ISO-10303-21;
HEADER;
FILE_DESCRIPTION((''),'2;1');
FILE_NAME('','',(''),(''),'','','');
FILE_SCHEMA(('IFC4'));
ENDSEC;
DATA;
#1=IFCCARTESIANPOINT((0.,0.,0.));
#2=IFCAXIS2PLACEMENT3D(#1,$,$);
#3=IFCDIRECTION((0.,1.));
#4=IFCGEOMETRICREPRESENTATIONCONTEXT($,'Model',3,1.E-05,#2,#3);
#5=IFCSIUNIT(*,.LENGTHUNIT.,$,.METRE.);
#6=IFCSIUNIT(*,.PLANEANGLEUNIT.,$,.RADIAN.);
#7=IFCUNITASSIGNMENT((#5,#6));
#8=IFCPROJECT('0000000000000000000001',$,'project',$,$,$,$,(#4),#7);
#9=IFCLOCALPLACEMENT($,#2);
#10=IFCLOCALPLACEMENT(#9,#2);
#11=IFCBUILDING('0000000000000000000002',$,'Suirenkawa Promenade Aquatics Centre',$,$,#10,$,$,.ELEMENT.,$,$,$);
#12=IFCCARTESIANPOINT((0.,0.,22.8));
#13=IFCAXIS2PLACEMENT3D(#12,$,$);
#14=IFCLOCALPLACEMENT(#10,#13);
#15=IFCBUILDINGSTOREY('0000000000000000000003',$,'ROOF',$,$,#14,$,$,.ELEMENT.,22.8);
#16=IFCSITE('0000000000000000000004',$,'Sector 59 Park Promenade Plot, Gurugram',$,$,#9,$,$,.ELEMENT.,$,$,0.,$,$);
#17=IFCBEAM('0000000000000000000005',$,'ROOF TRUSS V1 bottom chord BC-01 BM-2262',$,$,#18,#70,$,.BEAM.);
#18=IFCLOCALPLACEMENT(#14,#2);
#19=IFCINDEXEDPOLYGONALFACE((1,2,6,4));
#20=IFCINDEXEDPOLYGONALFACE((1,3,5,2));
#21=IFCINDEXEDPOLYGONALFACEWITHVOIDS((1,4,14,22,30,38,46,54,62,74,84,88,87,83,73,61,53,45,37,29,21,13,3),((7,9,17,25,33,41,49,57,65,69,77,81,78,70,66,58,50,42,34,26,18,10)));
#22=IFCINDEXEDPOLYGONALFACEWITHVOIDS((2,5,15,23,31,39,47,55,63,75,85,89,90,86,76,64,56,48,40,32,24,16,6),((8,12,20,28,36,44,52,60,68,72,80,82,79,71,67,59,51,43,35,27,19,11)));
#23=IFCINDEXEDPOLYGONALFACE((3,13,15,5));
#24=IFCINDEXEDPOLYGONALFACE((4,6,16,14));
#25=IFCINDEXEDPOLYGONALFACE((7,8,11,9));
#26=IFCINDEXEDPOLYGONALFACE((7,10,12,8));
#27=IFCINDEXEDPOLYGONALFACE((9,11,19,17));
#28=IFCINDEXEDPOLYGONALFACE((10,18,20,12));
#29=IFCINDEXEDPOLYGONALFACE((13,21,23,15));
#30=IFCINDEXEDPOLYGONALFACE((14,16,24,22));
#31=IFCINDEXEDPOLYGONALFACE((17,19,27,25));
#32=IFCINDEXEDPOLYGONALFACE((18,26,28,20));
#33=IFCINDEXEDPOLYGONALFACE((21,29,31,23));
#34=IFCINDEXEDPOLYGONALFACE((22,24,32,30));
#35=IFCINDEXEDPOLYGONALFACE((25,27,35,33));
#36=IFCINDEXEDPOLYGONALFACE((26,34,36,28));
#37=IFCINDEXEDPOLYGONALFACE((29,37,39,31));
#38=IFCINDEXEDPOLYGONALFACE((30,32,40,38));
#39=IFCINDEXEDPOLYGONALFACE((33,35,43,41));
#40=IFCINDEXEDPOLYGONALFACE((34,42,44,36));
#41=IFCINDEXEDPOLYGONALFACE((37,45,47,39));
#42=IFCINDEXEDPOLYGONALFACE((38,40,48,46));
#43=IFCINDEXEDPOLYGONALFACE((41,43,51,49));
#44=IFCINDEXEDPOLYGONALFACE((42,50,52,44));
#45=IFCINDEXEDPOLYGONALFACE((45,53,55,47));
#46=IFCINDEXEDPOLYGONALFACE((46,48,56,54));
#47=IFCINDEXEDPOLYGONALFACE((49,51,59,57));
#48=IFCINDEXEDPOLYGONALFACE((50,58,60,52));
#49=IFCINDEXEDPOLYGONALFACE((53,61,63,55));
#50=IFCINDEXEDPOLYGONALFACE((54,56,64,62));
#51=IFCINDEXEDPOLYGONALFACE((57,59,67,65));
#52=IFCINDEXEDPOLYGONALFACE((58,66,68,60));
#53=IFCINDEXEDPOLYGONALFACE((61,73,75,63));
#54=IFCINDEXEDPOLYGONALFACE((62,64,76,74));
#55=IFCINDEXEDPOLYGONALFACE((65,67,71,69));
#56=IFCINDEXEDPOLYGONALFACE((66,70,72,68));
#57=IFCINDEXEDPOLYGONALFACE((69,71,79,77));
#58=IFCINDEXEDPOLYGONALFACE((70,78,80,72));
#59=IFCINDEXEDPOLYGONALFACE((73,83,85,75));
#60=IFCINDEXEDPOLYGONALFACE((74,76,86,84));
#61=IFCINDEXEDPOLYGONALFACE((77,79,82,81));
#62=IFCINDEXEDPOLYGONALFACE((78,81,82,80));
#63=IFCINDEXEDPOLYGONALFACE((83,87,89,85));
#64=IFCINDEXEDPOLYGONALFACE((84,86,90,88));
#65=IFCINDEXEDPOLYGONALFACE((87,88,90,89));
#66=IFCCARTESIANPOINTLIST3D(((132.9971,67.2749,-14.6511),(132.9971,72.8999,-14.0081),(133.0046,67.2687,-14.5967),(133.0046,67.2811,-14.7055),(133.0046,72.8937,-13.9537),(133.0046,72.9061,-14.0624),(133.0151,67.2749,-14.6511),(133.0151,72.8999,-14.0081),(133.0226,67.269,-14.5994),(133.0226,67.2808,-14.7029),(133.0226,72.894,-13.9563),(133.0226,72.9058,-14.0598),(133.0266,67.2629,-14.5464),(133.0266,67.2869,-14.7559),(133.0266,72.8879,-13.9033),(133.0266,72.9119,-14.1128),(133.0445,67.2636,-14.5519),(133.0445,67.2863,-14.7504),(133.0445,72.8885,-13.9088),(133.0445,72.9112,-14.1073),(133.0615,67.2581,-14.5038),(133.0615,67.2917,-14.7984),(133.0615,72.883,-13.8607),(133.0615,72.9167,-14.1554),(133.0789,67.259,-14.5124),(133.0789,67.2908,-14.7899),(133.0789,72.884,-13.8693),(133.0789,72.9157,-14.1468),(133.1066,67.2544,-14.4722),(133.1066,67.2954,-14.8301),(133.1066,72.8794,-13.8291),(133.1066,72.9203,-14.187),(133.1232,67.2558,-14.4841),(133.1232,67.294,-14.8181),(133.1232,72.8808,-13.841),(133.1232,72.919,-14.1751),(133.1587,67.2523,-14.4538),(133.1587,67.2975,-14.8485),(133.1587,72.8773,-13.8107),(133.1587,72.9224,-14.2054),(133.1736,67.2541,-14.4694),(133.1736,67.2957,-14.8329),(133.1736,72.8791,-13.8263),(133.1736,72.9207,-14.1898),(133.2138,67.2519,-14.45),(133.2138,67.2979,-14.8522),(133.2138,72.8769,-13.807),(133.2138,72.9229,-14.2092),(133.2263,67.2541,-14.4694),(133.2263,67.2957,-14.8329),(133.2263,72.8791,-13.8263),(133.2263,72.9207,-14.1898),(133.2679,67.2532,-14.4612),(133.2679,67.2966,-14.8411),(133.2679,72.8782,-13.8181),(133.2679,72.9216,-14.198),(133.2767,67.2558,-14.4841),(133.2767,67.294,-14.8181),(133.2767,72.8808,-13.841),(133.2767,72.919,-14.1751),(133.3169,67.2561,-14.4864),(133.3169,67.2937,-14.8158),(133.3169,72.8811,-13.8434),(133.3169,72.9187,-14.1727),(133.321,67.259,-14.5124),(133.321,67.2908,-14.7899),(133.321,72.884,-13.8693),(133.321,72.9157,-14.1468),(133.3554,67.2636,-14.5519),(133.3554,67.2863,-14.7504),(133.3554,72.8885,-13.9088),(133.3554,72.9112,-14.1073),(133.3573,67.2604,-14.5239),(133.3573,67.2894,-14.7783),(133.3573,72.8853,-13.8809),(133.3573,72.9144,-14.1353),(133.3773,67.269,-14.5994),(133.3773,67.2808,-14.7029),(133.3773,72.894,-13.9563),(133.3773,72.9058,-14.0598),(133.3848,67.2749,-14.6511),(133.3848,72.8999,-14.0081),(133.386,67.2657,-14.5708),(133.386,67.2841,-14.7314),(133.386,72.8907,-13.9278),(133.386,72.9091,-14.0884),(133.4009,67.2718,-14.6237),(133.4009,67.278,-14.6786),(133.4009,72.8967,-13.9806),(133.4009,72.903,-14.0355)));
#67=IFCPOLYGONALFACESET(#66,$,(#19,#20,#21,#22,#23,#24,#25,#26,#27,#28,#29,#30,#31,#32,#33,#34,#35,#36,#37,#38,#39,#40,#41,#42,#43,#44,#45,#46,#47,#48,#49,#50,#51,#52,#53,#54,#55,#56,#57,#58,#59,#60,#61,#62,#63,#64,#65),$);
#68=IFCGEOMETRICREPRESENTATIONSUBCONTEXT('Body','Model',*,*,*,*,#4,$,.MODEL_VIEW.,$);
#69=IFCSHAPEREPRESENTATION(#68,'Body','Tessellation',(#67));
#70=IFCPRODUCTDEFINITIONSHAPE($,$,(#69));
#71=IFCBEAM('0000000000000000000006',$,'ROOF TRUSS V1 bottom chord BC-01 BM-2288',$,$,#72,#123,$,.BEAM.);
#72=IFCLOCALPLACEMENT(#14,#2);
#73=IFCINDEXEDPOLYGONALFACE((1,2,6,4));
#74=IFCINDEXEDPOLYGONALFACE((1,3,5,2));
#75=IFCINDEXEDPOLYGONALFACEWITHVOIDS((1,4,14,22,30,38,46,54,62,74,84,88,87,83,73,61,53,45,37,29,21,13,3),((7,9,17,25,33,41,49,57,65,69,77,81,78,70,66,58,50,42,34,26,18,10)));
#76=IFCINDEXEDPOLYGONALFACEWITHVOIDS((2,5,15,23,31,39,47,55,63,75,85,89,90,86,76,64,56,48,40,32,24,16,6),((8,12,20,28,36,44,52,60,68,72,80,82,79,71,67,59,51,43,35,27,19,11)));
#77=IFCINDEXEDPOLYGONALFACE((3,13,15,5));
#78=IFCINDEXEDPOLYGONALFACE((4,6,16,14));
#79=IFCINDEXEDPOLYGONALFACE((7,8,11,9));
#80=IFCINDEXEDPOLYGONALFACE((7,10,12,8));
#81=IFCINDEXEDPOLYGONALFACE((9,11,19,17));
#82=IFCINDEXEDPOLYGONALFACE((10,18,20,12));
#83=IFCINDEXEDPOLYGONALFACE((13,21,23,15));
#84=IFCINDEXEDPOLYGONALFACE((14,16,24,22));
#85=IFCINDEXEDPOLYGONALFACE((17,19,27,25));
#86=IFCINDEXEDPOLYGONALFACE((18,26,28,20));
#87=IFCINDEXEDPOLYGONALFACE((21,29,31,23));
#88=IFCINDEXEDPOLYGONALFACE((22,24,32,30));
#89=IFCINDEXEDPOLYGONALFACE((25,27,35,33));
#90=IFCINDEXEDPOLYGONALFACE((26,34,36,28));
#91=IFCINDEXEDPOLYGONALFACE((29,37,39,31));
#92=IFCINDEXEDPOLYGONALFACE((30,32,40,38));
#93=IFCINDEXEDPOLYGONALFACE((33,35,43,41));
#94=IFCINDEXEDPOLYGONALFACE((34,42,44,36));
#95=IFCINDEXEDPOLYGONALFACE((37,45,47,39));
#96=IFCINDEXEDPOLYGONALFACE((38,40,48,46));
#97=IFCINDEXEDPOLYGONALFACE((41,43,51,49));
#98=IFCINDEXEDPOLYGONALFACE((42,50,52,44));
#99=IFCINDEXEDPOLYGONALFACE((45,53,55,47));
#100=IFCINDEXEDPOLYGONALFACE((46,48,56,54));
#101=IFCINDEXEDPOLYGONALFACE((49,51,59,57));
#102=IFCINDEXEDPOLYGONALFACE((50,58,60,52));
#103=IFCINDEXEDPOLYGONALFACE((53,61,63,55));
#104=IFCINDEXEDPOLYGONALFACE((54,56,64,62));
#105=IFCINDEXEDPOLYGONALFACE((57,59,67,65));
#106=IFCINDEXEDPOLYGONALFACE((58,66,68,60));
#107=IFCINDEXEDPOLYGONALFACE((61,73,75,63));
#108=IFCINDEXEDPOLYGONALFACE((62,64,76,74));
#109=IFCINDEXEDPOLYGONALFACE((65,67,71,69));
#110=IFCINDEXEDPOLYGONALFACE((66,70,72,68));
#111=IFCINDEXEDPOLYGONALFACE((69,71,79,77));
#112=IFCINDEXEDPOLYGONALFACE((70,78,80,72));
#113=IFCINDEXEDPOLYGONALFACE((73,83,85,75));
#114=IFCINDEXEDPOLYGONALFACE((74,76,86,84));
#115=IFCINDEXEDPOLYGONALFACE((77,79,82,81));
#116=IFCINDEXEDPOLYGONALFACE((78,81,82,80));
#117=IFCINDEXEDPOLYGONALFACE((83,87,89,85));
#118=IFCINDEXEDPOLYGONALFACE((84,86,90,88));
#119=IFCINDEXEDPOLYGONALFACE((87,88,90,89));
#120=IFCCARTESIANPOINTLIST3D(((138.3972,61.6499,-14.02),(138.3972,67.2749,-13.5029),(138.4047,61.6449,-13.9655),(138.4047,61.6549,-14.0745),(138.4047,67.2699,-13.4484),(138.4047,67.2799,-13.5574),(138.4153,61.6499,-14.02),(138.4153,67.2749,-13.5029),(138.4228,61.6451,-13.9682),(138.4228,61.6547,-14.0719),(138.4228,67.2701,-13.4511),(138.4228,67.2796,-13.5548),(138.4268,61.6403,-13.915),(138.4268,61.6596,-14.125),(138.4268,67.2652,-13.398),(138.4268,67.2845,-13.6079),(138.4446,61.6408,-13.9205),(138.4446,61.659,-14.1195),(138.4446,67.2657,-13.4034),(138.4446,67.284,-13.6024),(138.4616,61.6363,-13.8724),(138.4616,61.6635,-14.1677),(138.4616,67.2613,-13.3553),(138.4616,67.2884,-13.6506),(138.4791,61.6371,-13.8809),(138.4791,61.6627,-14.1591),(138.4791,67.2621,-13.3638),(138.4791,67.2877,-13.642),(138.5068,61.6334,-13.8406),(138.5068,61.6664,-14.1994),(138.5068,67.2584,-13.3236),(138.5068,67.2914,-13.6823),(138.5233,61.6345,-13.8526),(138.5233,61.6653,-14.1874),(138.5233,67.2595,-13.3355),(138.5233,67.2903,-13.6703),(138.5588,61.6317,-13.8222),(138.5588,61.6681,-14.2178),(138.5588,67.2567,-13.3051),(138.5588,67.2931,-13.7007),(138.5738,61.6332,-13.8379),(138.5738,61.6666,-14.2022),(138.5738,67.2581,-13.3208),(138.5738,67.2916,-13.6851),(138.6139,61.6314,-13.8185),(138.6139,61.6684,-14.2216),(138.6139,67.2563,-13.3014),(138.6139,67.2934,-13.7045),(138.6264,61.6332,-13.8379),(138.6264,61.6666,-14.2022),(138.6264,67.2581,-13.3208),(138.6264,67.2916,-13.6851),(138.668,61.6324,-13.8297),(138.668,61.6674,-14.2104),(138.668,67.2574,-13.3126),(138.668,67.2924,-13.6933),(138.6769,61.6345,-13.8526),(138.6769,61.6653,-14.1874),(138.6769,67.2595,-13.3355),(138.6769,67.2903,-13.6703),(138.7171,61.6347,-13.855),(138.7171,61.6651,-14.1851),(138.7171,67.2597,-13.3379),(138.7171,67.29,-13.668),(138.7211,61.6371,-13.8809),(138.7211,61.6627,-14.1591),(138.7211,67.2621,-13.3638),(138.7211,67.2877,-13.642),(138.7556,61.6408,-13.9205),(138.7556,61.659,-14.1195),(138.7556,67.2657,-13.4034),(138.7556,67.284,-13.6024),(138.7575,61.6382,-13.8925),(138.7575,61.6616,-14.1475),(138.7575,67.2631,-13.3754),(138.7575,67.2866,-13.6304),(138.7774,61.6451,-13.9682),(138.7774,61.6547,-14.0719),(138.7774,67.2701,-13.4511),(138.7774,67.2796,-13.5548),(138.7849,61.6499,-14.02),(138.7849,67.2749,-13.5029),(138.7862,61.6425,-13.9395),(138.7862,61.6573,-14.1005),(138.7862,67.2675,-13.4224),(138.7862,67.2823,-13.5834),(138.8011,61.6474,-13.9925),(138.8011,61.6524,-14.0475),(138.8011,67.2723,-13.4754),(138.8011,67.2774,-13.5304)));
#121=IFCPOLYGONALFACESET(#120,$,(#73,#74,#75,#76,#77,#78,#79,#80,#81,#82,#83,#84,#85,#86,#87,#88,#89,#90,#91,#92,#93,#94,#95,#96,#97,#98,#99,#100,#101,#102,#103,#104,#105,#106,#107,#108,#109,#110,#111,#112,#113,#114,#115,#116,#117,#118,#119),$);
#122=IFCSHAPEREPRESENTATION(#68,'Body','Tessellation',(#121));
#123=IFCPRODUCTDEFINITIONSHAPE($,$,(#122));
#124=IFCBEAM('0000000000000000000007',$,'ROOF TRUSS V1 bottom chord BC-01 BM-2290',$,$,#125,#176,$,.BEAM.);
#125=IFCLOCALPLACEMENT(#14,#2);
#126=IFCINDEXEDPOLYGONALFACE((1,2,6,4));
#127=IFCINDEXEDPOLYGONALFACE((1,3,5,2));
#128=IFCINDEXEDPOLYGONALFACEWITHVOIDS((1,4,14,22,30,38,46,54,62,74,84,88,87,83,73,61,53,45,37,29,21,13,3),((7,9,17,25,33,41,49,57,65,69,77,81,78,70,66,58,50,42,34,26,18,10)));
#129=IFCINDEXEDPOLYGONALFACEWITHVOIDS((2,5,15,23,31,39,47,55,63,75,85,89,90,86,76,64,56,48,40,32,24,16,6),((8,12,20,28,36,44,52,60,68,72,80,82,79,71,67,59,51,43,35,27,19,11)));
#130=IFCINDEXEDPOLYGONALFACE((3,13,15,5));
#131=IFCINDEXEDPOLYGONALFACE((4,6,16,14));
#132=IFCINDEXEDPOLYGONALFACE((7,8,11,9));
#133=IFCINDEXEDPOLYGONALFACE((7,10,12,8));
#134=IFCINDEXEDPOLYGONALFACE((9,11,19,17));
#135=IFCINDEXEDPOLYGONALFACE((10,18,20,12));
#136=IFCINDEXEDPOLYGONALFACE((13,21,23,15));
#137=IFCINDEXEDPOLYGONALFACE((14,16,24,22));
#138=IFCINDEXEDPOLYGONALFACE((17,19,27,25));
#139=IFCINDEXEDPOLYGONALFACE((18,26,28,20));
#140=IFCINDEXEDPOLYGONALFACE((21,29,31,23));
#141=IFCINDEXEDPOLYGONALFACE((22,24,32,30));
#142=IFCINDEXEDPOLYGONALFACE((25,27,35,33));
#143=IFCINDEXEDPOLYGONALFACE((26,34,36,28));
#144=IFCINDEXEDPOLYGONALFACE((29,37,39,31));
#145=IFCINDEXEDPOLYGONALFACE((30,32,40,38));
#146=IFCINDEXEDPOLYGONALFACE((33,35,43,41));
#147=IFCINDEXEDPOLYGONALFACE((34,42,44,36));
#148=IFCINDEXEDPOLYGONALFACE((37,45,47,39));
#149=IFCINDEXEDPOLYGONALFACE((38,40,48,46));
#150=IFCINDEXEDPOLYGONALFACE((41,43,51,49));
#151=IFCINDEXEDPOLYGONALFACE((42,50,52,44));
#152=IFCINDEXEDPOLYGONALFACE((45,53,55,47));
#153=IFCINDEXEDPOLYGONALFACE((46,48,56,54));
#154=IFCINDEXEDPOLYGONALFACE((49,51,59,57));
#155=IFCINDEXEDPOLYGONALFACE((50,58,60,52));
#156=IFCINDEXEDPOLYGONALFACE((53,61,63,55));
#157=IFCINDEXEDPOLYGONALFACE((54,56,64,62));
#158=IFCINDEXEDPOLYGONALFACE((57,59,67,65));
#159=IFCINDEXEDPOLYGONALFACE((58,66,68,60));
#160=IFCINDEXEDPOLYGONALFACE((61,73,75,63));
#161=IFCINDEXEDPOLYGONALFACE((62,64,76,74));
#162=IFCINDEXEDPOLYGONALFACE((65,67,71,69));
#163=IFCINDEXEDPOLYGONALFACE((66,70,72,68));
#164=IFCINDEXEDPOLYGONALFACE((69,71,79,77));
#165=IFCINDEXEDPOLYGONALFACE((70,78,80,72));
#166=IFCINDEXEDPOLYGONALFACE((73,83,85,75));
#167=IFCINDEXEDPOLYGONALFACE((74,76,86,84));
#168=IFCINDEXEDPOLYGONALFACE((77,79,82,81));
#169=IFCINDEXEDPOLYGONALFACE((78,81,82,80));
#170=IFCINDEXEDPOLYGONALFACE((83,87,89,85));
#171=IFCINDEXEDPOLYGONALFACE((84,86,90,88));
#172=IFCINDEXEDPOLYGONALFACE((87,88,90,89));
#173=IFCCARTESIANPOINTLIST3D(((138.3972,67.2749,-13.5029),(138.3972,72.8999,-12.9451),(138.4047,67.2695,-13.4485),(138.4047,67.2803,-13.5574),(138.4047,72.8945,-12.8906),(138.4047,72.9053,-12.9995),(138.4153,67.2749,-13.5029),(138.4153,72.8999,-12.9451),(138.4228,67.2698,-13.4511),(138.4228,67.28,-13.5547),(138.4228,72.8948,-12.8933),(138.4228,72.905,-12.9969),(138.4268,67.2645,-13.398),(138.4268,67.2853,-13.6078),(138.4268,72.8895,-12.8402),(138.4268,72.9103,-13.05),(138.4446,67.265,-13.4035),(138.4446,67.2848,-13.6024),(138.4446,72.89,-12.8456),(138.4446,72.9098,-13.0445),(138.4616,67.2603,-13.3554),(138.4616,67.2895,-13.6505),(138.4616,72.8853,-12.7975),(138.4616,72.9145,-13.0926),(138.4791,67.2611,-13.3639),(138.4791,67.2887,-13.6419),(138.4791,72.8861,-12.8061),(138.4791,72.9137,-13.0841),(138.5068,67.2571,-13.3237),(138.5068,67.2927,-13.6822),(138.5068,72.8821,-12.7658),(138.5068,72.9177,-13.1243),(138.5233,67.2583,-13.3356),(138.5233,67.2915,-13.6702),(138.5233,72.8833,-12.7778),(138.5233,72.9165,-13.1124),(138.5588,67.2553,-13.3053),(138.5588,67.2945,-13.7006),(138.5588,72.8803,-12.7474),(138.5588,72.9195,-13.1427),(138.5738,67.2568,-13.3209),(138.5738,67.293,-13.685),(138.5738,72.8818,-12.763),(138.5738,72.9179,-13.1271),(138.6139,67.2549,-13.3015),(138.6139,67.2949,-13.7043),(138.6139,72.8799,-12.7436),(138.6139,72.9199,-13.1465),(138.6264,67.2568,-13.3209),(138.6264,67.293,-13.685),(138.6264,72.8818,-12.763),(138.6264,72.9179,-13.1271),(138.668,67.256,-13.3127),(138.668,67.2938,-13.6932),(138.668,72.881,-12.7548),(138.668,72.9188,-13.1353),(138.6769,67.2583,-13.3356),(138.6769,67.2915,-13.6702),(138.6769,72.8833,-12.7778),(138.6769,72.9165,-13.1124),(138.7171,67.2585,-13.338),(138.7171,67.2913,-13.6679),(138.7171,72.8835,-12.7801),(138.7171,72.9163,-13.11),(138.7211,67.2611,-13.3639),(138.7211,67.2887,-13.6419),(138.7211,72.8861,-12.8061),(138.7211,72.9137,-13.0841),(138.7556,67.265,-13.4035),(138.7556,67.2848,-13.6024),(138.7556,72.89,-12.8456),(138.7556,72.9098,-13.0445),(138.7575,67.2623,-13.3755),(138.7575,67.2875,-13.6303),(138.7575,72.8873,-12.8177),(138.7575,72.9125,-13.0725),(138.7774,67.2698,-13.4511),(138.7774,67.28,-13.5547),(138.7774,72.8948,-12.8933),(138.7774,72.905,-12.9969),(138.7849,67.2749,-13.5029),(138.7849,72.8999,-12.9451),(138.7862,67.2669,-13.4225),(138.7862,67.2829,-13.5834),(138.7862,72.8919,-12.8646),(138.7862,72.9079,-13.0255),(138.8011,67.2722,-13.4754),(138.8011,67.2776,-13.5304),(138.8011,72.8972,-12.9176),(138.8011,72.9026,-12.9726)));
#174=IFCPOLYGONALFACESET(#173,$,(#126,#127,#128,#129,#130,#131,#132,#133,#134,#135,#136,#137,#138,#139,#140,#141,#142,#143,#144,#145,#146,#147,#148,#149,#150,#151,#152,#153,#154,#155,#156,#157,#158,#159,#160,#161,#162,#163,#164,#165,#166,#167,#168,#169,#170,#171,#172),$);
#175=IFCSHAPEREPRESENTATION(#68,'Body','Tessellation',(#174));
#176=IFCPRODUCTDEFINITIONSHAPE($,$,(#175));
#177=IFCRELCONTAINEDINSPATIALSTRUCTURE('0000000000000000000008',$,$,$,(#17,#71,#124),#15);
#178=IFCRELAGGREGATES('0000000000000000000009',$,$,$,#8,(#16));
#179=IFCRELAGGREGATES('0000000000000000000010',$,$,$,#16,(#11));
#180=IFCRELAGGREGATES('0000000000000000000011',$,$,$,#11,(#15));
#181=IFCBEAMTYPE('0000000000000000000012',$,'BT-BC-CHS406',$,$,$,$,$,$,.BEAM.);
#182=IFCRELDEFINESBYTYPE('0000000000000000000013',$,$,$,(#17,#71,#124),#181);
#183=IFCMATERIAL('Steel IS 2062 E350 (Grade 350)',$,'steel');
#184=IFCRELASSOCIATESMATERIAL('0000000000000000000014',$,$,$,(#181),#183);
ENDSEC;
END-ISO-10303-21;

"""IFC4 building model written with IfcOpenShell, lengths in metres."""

from ifc_helpers import new_model, si_unit, direction, frame, origin, origin_2d, place, context, subcontext, project, spatial, hollow_circle, extrude, material, material_profile, profile_set, type_object, element, save


model = new_model("IFC4")

# Units and contexts
model_context = context("Model", 3, precision=1e-05, world=origin(), true_north=direction((0.0, 1.0)))
body_context = subcontext(model_context, "Body", "Model", "MODEL_VIEW")
ifc_project = project(units=[si_unit("LENGTHUNIT", "METRE"), si_unit("PLANEANGLEUNIT", "RADIAN")], contexts=[model_context])

# Site, building, storey
site_placement = place(None, origin())
site = spatial("IfcSite", under=ifc_project, at=site_placement, Name="Sector 59 Park Promenade Plot, Gurugram", CompositionType="ELEMENT", RefElevation=0.0)
building_placement = place(site_placement, origin())
building = spatial("IfcBuilding", under=site, at=building_placement, Name="Suirenkawa Promenade Aquatics Centre", CompositionType="ELEMENT")
storey_placement = place(building_placement, frame((0.0, 0.0, 22.8)))
storey = spatial("IfcBuildingStorey", under=building, at=storey_placement, Name="ROOF", CompositionType="ELEMENT", Elevation=22.8)

# Beams
ifc_material = material(Name="Steel IS 2062 E350 (Grade 350)", Category="steel")
ifc_material_profile_1 = material_profile(ifc_material, hollow_circle(Radius=0.2029, WallThickness=0.0181, at=origin_2d()), Name="CHS 406x18", Category="steel")
ifc_profile_set_1 = profile_set([ifc_material_profile_1], Name="Steel IS 2062 E350 (Grade 350)")
beam_type_1 = type_object("IfcBeamType", Name="BT-BC-CHS406", PredefinedType="BEAM", material=ifc_profile_set_1)
beam_1_placement = place(storey_placement, frame((133.2, 67.2749, -14.6511), z_axis=(0.0, 0.993529, 0.113583), x_axis=(-1.0, 0.0, 0.0)))
element("IfcBeam", 1, at=beam_1_placement, inside=storey, type_object=beam_type_1, Name="ROOF TRUSS V1 bottom chord BC-01 BM-2262", PredefinedType="BEAM", context=body_context, shape_type="SweptSolid", body=[
    extrude(hollow_circle(Radius=0.2029, WallThickness=0.0181, at=origin_2d()), origin(), (0.0, 0.0, 1.0), 5.6616),
])
beam_2_placement = place(storey_placement, frame((138.6001, 61.6499, -14.02), z_axis=(0.0, 0.995801, 0.091541), x_axis=(-1.0, 0.0, 0.0)))
element("IfcBeam", 2, at=beam_2_placement, inside=storey, type_object=beam_type_1, Name="ROOF TRUSS V1 bottom chord BC-01 BM-2288", PredefinedType="BEAM", context=body_context, shape_type="SweptSolid", body=[
    extrude(hollow_circle(Radius=0.2029, WallThickness=0.0181, at=origin_2d()), origin(), (0.0, 0.0, 1.0), 5.6487),
])
beam_3_placement = place(storey_placement, frame((138.6001, 67.2749, -13.5029), z_axis=(0.0, 0.995118, 0.098691), x_axis=(-1.0, 0.0, 0.0)))
element("IfcBeam", 3, at=beam_3_placement, inside=storey, type_object=beam_type_1, Name="ROOF TRUSS V1 bottom chord BC-01 BM-2290", PredefinedType="BEAM", context=body_context, shape_type="SweptSolid", body=[
    extrude(hollow_circle(Radius=0.2029, WallThickness=0.0181, at=origin_2d()), origin(), (0.0, 0.0, 1.0), 5.6526),
])

save(model, "model.ifc")
